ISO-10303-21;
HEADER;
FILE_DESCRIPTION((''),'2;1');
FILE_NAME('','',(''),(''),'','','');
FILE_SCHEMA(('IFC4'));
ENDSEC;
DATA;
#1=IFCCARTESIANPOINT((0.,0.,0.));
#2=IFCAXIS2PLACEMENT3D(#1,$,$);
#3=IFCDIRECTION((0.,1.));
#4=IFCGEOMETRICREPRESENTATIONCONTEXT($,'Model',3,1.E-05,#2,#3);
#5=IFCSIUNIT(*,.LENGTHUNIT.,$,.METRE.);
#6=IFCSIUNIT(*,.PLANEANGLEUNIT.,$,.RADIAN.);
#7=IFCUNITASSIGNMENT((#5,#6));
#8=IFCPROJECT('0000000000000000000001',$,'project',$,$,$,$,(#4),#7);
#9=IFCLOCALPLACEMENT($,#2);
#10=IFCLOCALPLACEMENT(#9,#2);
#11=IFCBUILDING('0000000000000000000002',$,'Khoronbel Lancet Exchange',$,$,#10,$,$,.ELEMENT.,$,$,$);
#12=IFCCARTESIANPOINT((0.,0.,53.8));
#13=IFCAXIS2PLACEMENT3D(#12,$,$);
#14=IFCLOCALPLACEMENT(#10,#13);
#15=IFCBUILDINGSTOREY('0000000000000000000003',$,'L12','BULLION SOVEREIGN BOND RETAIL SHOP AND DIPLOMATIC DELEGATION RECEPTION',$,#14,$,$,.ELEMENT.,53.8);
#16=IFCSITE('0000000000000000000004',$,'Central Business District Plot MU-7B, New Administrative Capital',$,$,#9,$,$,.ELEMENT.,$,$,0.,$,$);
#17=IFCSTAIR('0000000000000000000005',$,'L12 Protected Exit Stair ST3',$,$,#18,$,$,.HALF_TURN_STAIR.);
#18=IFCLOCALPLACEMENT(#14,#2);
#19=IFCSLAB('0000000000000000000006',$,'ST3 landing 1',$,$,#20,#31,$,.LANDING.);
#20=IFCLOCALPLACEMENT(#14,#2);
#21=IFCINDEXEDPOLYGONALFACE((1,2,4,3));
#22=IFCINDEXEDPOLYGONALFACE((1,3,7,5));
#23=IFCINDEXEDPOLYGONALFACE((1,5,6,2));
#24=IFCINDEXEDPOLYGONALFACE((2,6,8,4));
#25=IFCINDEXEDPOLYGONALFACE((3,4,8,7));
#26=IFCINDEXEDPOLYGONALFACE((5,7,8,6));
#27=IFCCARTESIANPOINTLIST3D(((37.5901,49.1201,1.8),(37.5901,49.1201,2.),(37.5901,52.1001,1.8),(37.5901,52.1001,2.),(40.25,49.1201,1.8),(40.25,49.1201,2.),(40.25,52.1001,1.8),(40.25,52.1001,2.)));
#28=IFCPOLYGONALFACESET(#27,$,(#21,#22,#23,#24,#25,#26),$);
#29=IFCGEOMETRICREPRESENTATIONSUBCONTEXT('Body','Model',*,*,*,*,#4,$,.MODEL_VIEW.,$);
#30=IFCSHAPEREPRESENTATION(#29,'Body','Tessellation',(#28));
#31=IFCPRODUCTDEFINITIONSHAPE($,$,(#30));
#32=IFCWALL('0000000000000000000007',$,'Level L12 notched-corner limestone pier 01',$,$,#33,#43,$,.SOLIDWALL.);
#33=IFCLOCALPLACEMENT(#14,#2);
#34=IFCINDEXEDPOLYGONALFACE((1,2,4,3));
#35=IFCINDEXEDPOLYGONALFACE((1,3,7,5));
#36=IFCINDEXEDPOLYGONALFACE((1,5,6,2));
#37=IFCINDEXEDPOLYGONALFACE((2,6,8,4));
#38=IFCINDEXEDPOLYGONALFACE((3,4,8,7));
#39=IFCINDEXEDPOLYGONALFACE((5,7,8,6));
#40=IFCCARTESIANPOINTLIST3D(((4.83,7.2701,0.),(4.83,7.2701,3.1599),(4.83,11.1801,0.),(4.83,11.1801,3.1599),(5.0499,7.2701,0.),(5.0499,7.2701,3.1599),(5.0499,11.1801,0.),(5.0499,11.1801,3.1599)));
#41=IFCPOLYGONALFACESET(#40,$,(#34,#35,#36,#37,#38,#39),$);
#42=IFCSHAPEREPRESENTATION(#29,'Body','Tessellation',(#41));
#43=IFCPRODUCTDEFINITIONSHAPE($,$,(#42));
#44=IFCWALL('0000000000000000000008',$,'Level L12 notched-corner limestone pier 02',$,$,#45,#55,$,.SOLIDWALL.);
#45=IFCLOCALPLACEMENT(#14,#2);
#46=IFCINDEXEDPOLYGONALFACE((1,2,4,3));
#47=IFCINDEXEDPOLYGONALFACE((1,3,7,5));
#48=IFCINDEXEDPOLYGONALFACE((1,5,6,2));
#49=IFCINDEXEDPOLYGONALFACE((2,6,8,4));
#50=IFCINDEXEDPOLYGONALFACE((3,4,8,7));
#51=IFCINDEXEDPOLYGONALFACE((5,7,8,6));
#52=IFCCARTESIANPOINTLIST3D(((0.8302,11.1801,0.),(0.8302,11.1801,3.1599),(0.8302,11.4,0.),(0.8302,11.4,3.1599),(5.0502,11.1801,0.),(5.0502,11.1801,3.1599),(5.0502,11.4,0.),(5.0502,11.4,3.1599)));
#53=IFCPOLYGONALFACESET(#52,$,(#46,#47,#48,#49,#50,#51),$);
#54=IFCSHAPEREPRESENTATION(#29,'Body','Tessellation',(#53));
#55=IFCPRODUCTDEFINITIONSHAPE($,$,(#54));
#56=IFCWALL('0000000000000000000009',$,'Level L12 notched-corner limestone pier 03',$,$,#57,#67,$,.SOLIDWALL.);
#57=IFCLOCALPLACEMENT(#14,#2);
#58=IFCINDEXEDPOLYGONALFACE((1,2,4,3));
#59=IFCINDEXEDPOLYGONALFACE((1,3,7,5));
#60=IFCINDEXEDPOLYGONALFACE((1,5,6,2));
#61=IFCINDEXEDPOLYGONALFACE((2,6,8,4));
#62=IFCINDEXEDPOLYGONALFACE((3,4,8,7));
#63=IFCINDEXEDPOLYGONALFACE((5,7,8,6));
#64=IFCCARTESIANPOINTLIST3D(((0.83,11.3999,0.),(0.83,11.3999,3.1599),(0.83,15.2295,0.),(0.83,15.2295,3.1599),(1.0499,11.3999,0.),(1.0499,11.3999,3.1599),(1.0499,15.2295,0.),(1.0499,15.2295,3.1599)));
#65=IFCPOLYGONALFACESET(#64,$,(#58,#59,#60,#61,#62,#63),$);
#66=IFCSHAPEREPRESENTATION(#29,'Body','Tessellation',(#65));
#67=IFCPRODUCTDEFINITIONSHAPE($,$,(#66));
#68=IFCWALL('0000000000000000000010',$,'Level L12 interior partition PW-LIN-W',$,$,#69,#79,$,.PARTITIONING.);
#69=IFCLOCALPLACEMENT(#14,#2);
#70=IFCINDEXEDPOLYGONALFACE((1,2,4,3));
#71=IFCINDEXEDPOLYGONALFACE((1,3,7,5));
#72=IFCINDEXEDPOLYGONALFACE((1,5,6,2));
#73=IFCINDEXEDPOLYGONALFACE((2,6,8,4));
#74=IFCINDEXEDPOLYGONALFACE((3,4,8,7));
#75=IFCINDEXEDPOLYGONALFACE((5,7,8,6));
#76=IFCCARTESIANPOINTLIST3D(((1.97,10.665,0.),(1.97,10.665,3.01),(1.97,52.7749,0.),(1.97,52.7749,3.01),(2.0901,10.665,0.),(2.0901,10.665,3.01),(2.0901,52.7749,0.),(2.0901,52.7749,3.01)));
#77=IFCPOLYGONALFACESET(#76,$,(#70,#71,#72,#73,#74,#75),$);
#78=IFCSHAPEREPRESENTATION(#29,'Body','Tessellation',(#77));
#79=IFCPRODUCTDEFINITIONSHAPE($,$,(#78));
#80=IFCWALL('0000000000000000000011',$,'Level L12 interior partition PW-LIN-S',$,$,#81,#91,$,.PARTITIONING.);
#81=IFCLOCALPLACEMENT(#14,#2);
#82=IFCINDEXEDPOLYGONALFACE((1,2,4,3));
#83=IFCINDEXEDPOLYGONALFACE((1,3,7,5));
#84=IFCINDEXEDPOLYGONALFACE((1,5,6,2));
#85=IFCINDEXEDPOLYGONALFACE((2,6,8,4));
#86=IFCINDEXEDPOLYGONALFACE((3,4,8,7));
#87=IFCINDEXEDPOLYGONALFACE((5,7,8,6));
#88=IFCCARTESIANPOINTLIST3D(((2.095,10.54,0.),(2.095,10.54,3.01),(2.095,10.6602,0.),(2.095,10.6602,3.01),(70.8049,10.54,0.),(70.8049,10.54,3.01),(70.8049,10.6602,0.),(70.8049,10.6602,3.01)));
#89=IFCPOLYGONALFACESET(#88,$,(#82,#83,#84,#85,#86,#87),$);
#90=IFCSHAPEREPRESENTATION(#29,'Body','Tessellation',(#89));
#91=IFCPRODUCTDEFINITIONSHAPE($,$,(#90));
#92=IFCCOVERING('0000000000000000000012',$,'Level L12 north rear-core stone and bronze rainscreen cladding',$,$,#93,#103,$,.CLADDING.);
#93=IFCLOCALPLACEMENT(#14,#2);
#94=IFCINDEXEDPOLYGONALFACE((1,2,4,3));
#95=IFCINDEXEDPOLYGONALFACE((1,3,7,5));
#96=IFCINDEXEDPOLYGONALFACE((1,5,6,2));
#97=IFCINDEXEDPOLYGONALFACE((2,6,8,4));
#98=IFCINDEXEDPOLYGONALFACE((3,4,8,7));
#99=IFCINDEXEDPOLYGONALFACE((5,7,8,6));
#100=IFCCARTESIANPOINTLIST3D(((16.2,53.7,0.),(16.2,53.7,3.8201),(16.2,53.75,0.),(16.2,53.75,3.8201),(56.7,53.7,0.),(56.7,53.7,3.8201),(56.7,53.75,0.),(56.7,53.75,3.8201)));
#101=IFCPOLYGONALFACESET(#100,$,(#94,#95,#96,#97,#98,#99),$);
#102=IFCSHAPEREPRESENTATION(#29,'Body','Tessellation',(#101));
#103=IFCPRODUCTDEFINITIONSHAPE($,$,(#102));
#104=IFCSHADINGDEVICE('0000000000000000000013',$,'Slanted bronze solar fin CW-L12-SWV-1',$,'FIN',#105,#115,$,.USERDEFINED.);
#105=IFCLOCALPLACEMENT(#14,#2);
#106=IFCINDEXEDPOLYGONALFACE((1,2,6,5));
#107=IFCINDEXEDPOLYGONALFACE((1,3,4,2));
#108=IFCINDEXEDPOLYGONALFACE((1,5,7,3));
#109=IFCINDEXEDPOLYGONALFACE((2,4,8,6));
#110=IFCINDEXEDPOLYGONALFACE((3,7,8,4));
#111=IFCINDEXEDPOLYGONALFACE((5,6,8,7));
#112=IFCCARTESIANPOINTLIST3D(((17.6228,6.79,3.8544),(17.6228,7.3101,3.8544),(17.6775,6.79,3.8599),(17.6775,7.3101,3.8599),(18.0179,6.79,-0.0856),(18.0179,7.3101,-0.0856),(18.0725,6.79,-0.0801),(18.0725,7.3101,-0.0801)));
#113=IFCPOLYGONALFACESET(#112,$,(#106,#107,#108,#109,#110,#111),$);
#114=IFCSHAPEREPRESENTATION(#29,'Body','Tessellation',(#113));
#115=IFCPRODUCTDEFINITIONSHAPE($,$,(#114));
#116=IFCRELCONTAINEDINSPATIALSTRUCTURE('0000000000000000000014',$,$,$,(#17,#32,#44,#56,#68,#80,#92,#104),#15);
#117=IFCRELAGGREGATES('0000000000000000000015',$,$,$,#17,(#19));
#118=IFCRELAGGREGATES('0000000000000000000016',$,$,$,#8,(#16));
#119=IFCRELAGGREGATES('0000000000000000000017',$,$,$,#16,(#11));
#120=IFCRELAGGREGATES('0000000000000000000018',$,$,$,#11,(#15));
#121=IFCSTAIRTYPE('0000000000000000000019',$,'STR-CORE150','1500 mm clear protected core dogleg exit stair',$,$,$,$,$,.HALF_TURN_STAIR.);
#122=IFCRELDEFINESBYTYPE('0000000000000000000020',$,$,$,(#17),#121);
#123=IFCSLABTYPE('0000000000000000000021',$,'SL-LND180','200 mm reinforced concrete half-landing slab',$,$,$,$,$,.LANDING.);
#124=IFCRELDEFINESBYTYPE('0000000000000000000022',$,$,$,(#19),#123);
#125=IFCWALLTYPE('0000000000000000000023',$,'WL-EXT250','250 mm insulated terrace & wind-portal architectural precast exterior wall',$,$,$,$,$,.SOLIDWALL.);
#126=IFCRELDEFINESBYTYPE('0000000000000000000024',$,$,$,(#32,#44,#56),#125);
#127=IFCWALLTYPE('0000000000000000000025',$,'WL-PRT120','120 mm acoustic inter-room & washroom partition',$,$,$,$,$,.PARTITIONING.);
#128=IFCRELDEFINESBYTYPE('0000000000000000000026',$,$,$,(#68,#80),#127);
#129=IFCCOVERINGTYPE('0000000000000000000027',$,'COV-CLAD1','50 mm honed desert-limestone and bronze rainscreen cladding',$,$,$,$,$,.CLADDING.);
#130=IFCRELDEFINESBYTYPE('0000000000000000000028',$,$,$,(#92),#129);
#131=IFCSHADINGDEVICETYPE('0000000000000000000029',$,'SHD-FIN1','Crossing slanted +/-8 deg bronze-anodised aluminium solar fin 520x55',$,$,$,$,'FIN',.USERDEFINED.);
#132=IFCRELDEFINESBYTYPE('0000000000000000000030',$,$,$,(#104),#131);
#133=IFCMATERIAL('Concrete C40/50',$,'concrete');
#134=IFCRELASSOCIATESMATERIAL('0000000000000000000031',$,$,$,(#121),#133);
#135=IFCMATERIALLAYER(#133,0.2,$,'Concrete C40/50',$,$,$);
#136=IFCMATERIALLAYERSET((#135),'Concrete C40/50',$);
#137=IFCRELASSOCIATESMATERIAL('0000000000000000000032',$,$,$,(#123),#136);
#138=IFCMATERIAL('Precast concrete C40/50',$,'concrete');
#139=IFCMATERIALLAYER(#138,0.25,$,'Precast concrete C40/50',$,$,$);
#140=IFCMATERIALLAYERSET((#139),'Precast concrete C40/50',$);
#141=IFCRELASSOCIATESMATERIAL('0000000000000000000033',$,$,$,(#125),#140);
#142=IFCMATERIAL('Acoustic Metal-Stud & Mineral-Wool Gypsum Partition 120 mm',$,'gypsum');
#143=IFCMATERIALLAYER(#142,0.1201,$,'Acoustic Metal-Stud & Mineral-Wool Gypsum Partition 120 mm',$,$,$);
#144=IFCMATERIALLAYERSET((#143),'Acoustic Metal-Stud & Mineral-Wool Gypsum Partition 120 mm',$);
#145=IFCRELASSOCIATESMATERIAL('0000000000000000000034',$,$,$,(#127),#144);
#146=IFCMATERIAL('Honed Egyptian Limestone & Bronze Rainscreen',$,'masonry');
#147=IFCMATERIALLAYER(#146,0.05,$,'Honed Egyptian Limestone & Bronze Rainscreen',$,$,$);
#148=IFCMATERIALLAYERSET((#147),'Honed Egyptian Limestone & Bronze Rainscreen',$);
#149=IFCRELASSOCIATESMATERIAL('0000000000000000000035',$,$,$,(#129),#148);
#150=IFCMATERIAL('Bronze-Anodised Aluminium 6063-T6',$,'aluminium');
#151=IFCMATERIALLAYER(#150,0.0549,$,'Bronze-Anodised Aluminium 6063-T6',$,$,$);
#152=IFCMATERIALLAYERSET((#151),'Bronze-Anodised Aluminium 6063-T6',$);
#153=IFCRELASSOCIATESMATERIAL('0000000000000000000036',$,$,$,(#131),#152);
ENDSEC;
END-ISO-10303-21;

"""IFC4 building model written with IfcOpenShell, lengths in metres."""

from ifc_helpers import new_model, si_unit, direction, frame, frame_2d, origin, place, context, subcontext, project, spatial, polyline, rectangle, outline, extrude, material, layer, layer_set, type_object, element, aggregate, save


model = new_model("IFC4")

# Units and contexts
model_context = context("Model", 3, precision=1e-05, world=origin(), true_north=direction((0.0, 1.0)))
body_context = subcontext(model_context, "Body", "Model", "MODEL_VIEW")
ifc_project = project(units=[si_unit("LENGTHUNIT", "METRE"), si_unit("PLANEANGLEUNIT", "RADIAN")], contexts=[model_context])

# Site, building, storey
site_placement = place(None, origin())
site = spatial("IfcSite", under=ifc_project, at=site_placement, Name="Central Business District Plot MU-7B, New Administrative Capital", CompositionType="ELEMENT", RefElevation=0.0)
building_placement = place(site_placement, origin())
building = spatial("IfcBuilding", under=site, at=building_placement, Name="Khoronbel Lancet Exchange", CompositionType="ELEMENT")
storey_placement = place(building_placement, frame((0.0, 0.0, 53.8)))
storey = spatial("IfcBuildingStorey", under=building, at=storey_placement, Name="L12", Description="BULLION SOVEREIGN BOND RETAIL SHOP AND DIPLOMATIC DELEGATION RECEPTION", CompositionType="ELEMENT", Elevation=53.8)

# Shared definitions
ifc_material_1 = material(Name="Bronze-Anodised Aluminium 6063-T6", Category="aluminium")

# Shared definitions
ifc_material_2 = material(Name="Concrete C40/50", Category="concrete")

# Stair, slab
stair_type = type_object("IfcStairType", Name="STR-CORE150", Description="1500 mm clear protected core dogleg exit stair", PredefinedType="HALF_TURN_STAIR", material=ifc_material_2)
ifc_layer_1 = layer(ifc_material_2, 0.2, Name="Concrete C40/50")
ifc_layer_set_1 = layer_set([ifc_layer_1], Name="Concrete C40/50")
slab_type_1 = type_object("IfcSlabType", Name="SL-LND180", Description="200 mm reinforced concrete half-landing slab", PredefinedType="LANDING", material=ifc_layer_set_1)
stair_1_placement = place(storey_placement, origin())
stair_1 = element("IfcStair", 1, at=stair_1_placement, inside=storey, type_object=stair_type, Name="L12 Protected Exit Stair ST3", PredefinedType="HALF_TURN_STAIR")
slab_1_placement = place(storey_placement, frame((0.0, 0.0, 1.8)))
slab_1 = element("IfcSlab", 2, at=slab_1_placement, type_object=slab_type_1, Name="ST3 landing 1", PredefinedType="LANDING", context=body_context, shape_type="SweptSolid", body=[
    extrude(outline(polyline([(37.5901, 49.1201), (40.25, 49.1201), (40.25, 52.1001), (37.5901, 52.1001), (37.5901, 49.1201)])), origin(), (0.0, 0.0, 1.0), 0.2),
])
aggregate(stair_1, [slab_1])

# Walls
ifc_material_3 = material(Name="Precast concrete C40/50", Category="concrete")
ifc_layer_2 = layer(ifc_material_3, 0.25, Name="Precast concrete C40/50")
ifc_layer_set_2 = layer_set([ifc_layer_2], Name="Precast concrete C40/50")
wall_type_1 = type_object("IfcWallType", Name="WL-EXT250", Description="250 mm insulated terrace & wind-portal architectural precast exterior wall", PredefinedType="SOLIDWALL", material=ifc_layer_set_2)
wall_1_placement = place(storey_placement, frame((4.9399, 7.27, 0.0), z_axis=(0.0, 0.0, 1.0), x_axis=(0.0, 1.0, 0.0)))
element("IfcWall", 3, at=wall_1_placement, inside=storey, type_object=wall_type_1, Name="Level L12 notched-corner limestone pier 01", PredefinedType="SOLIDWALL", context=body_context, shape_type="SweptSolid", body=[
    extrude(rectangle(XDim=3.9099, YDim=0.22, at=frame_2d((1.9551, 0.0))), origin(), (0.0, 0.0, 1.0), 3.1599),
])
wall_2_placement = place(storey_placement, frame((5.05, 11.29, 0.0), z_axis=(0.0, 0.0, 1.0), x_axis=(-1.0, 0.0, 0.0)))
element("IfcWall", 4, at=wall_2_placement, inside=storey, type_object=wall_type_1, Name="Level L12 notched-corner limestone pier 02", PredefinedType="SOLIDWALL", context=body_context, shape_type="SweptSolid", body=[
    extrude(rectangle(XDim=4.22, YDim=0.22, at=frame_2d((2.1099, 0.0))), origin(), (0.0, 0.0, 1.0), 3.1599),
])
wall_3_placement = place(storey_placement, frame((0.9399, 11.3999, 0.0), z_axis=(0.0, 0.0, 1.0), x_axis=(0.0, 1.0, 0.0)))
element("IfcWall", 5, at=wall_3_placement, inside=storey, type_object=wall_type_1, Name="Level L12 notched-corner limestone pier 03", PredefinedType="SOLIDWALL", context=body_context, shape_type="SweptSolid", body=[
    extrude(rectangle(XDim=3.8296, YDim=0.22, at=frame_2d((1.9148, 0.0))), origin(), (0.0, 0.0, 1.0), 3.1599),
])
ifc_material_4 = material(Name="Acoustic Metal-Stud & Mineral-Wool Gypsum Partition 120 mm", Category="gypsum")
ifc_layer_3 = layer(ifc_material_4, 0.1201, Name="Acoustic Metal-Stud & Mineral-Wool Gypsum Partition 120 mm")
ifc_layer_set_3 = layer_set([ifc_layer_3], Name="Acoustic Metal-Stud & Mineral-Wool Gypsum Partition 120 mm")
wall_type_2 = type_object("IfcWallType", Name="WL-PRT120", Description="120 mm acoustic inter-room & washroom partition", PredefinedType="PARTITIONING", material=ifc_layer_set_3)
wall_4_placement = place(storey_placement, frame((2.03, 10.665, 0.0), z_axis=(0.0, 0.0, 1.0), x_axis=(0.0, 1.0, 0.0)))
element("IfcWall", 6, at=wall_4_placement, inside=storey, type_object=wall_type_2, Name="Level L12 interior partition PW-LIN-W", PredefinedType="PARTITIONING", context=body_context, shape_type="SweptSolid", body=[
    extrude(rectangle(XDim=42.1099, YDim=0.1201, at=frame_2d((21.0549, 0.0))), origin(), (0.0, 0.0, 1.0), 3.01),
])
wall_5_placement = place(storey_placement, frame((2.095, 10.6001, 0.0), z_axis=(0.0, 0.0, 1.0), x_axis=(1.0, 0.0, 0.0)))
element("IfcWall", 7, at=wall_5_placement, inside=storey, type_object=wall_type_2, Name="Level L12 interior partition PW-LIN-S", PredefinedType="PARTITIONING", context=body_context, shape_type="SweptSolid", body=[
    extrude(rectangle(XDim=68.71, YDim=0.1201, at=frame_2d((34.355, 0.0))), origin(), (0.0, 0.0, 1.0), 3.01),
])

# Covering
ifc_material_5 = material(Name="Honed Egyptian Limestone & Bronze Rainscreen", Category="masonry")
ifc_layer_4 = layer(ifc_material_5, 0.05, Name="Honed Egyptian Limestone & Bronze Rainscreen")
ifc_layer_set_4 = layer_set([ifc_layer_4], Name="Honed Egyptian Limestone & Bronze Rainscreen")
covering_type = type_object("IfcCoveringType", Name="COV-CLAD1", Description="50 mm honed desert-limestone and bronze rainscreen cladding", PredefinedType="CLADDING", material=ifc_layer_set_4)
covering_placement = place(storey_placement, origin())
element("IfcCovering", 8, at=covering_placement, inside=storey, type_object=covering_type, Name="Level L12 north rear-core stone and bronze rainscreen cladding", PredefinedType="CLADDING", context=body_context, shape_type="SweptSolid", body=[
    extrude(outline(polyline([(16.2, 53.7), (56.7, 53.7), (56.7, 53.75), (16.2, 53.75), (16.2, 53.7)])), origin(), (0.0, 0.0, 1.0), 3.8201),
])

# Shading device
ifc_layer_5 = layer(ifc_material_1, 0.0549, Name="Bronze-Anodised Aluminium 6063-T6")
ifc_layer_set_5 = layer_set([ifc_layer_5], Name="Bronze-Anodised Aluminium 6063-T6")
shading_device_type = type_object("IfcShadingDeviceType", Name="SHD-FIN1", Description="Crossing slanted +/-8 deg bronze-anodised aluminium solar fin 520x55", ElementType="FIN", PredefinedType="USERDEFINED", material=ifc_layer_set_5)
shading_device_placement = place(storey_placement, frame((18.0725, 7.3101, -0.0801), z_axis=(0.995012, 0.0, 0.09976), x_axis=(0.0, -1.0, 0.0)))
element("IfcShadingDevice", 9, at=shading_device_placement, inside=storey, type_object=shading_device_type, Name="Slanted bronze solar fin CW-L12-SWV-1", ObjectType="FIN", PredefinedType="USERDEFINED", context=body_context, shape_type="SweptSolid", body=[
    extrude(outline(polyline([(0.0, 0.0), (0.52, 0.0), (0.52, -3.9597), (0.0, -3.9597), (0.0, 0.0)])), origin(), (0.0, 0.0, -1.0), 0.0549),
])

save(model, "model.ifc")
